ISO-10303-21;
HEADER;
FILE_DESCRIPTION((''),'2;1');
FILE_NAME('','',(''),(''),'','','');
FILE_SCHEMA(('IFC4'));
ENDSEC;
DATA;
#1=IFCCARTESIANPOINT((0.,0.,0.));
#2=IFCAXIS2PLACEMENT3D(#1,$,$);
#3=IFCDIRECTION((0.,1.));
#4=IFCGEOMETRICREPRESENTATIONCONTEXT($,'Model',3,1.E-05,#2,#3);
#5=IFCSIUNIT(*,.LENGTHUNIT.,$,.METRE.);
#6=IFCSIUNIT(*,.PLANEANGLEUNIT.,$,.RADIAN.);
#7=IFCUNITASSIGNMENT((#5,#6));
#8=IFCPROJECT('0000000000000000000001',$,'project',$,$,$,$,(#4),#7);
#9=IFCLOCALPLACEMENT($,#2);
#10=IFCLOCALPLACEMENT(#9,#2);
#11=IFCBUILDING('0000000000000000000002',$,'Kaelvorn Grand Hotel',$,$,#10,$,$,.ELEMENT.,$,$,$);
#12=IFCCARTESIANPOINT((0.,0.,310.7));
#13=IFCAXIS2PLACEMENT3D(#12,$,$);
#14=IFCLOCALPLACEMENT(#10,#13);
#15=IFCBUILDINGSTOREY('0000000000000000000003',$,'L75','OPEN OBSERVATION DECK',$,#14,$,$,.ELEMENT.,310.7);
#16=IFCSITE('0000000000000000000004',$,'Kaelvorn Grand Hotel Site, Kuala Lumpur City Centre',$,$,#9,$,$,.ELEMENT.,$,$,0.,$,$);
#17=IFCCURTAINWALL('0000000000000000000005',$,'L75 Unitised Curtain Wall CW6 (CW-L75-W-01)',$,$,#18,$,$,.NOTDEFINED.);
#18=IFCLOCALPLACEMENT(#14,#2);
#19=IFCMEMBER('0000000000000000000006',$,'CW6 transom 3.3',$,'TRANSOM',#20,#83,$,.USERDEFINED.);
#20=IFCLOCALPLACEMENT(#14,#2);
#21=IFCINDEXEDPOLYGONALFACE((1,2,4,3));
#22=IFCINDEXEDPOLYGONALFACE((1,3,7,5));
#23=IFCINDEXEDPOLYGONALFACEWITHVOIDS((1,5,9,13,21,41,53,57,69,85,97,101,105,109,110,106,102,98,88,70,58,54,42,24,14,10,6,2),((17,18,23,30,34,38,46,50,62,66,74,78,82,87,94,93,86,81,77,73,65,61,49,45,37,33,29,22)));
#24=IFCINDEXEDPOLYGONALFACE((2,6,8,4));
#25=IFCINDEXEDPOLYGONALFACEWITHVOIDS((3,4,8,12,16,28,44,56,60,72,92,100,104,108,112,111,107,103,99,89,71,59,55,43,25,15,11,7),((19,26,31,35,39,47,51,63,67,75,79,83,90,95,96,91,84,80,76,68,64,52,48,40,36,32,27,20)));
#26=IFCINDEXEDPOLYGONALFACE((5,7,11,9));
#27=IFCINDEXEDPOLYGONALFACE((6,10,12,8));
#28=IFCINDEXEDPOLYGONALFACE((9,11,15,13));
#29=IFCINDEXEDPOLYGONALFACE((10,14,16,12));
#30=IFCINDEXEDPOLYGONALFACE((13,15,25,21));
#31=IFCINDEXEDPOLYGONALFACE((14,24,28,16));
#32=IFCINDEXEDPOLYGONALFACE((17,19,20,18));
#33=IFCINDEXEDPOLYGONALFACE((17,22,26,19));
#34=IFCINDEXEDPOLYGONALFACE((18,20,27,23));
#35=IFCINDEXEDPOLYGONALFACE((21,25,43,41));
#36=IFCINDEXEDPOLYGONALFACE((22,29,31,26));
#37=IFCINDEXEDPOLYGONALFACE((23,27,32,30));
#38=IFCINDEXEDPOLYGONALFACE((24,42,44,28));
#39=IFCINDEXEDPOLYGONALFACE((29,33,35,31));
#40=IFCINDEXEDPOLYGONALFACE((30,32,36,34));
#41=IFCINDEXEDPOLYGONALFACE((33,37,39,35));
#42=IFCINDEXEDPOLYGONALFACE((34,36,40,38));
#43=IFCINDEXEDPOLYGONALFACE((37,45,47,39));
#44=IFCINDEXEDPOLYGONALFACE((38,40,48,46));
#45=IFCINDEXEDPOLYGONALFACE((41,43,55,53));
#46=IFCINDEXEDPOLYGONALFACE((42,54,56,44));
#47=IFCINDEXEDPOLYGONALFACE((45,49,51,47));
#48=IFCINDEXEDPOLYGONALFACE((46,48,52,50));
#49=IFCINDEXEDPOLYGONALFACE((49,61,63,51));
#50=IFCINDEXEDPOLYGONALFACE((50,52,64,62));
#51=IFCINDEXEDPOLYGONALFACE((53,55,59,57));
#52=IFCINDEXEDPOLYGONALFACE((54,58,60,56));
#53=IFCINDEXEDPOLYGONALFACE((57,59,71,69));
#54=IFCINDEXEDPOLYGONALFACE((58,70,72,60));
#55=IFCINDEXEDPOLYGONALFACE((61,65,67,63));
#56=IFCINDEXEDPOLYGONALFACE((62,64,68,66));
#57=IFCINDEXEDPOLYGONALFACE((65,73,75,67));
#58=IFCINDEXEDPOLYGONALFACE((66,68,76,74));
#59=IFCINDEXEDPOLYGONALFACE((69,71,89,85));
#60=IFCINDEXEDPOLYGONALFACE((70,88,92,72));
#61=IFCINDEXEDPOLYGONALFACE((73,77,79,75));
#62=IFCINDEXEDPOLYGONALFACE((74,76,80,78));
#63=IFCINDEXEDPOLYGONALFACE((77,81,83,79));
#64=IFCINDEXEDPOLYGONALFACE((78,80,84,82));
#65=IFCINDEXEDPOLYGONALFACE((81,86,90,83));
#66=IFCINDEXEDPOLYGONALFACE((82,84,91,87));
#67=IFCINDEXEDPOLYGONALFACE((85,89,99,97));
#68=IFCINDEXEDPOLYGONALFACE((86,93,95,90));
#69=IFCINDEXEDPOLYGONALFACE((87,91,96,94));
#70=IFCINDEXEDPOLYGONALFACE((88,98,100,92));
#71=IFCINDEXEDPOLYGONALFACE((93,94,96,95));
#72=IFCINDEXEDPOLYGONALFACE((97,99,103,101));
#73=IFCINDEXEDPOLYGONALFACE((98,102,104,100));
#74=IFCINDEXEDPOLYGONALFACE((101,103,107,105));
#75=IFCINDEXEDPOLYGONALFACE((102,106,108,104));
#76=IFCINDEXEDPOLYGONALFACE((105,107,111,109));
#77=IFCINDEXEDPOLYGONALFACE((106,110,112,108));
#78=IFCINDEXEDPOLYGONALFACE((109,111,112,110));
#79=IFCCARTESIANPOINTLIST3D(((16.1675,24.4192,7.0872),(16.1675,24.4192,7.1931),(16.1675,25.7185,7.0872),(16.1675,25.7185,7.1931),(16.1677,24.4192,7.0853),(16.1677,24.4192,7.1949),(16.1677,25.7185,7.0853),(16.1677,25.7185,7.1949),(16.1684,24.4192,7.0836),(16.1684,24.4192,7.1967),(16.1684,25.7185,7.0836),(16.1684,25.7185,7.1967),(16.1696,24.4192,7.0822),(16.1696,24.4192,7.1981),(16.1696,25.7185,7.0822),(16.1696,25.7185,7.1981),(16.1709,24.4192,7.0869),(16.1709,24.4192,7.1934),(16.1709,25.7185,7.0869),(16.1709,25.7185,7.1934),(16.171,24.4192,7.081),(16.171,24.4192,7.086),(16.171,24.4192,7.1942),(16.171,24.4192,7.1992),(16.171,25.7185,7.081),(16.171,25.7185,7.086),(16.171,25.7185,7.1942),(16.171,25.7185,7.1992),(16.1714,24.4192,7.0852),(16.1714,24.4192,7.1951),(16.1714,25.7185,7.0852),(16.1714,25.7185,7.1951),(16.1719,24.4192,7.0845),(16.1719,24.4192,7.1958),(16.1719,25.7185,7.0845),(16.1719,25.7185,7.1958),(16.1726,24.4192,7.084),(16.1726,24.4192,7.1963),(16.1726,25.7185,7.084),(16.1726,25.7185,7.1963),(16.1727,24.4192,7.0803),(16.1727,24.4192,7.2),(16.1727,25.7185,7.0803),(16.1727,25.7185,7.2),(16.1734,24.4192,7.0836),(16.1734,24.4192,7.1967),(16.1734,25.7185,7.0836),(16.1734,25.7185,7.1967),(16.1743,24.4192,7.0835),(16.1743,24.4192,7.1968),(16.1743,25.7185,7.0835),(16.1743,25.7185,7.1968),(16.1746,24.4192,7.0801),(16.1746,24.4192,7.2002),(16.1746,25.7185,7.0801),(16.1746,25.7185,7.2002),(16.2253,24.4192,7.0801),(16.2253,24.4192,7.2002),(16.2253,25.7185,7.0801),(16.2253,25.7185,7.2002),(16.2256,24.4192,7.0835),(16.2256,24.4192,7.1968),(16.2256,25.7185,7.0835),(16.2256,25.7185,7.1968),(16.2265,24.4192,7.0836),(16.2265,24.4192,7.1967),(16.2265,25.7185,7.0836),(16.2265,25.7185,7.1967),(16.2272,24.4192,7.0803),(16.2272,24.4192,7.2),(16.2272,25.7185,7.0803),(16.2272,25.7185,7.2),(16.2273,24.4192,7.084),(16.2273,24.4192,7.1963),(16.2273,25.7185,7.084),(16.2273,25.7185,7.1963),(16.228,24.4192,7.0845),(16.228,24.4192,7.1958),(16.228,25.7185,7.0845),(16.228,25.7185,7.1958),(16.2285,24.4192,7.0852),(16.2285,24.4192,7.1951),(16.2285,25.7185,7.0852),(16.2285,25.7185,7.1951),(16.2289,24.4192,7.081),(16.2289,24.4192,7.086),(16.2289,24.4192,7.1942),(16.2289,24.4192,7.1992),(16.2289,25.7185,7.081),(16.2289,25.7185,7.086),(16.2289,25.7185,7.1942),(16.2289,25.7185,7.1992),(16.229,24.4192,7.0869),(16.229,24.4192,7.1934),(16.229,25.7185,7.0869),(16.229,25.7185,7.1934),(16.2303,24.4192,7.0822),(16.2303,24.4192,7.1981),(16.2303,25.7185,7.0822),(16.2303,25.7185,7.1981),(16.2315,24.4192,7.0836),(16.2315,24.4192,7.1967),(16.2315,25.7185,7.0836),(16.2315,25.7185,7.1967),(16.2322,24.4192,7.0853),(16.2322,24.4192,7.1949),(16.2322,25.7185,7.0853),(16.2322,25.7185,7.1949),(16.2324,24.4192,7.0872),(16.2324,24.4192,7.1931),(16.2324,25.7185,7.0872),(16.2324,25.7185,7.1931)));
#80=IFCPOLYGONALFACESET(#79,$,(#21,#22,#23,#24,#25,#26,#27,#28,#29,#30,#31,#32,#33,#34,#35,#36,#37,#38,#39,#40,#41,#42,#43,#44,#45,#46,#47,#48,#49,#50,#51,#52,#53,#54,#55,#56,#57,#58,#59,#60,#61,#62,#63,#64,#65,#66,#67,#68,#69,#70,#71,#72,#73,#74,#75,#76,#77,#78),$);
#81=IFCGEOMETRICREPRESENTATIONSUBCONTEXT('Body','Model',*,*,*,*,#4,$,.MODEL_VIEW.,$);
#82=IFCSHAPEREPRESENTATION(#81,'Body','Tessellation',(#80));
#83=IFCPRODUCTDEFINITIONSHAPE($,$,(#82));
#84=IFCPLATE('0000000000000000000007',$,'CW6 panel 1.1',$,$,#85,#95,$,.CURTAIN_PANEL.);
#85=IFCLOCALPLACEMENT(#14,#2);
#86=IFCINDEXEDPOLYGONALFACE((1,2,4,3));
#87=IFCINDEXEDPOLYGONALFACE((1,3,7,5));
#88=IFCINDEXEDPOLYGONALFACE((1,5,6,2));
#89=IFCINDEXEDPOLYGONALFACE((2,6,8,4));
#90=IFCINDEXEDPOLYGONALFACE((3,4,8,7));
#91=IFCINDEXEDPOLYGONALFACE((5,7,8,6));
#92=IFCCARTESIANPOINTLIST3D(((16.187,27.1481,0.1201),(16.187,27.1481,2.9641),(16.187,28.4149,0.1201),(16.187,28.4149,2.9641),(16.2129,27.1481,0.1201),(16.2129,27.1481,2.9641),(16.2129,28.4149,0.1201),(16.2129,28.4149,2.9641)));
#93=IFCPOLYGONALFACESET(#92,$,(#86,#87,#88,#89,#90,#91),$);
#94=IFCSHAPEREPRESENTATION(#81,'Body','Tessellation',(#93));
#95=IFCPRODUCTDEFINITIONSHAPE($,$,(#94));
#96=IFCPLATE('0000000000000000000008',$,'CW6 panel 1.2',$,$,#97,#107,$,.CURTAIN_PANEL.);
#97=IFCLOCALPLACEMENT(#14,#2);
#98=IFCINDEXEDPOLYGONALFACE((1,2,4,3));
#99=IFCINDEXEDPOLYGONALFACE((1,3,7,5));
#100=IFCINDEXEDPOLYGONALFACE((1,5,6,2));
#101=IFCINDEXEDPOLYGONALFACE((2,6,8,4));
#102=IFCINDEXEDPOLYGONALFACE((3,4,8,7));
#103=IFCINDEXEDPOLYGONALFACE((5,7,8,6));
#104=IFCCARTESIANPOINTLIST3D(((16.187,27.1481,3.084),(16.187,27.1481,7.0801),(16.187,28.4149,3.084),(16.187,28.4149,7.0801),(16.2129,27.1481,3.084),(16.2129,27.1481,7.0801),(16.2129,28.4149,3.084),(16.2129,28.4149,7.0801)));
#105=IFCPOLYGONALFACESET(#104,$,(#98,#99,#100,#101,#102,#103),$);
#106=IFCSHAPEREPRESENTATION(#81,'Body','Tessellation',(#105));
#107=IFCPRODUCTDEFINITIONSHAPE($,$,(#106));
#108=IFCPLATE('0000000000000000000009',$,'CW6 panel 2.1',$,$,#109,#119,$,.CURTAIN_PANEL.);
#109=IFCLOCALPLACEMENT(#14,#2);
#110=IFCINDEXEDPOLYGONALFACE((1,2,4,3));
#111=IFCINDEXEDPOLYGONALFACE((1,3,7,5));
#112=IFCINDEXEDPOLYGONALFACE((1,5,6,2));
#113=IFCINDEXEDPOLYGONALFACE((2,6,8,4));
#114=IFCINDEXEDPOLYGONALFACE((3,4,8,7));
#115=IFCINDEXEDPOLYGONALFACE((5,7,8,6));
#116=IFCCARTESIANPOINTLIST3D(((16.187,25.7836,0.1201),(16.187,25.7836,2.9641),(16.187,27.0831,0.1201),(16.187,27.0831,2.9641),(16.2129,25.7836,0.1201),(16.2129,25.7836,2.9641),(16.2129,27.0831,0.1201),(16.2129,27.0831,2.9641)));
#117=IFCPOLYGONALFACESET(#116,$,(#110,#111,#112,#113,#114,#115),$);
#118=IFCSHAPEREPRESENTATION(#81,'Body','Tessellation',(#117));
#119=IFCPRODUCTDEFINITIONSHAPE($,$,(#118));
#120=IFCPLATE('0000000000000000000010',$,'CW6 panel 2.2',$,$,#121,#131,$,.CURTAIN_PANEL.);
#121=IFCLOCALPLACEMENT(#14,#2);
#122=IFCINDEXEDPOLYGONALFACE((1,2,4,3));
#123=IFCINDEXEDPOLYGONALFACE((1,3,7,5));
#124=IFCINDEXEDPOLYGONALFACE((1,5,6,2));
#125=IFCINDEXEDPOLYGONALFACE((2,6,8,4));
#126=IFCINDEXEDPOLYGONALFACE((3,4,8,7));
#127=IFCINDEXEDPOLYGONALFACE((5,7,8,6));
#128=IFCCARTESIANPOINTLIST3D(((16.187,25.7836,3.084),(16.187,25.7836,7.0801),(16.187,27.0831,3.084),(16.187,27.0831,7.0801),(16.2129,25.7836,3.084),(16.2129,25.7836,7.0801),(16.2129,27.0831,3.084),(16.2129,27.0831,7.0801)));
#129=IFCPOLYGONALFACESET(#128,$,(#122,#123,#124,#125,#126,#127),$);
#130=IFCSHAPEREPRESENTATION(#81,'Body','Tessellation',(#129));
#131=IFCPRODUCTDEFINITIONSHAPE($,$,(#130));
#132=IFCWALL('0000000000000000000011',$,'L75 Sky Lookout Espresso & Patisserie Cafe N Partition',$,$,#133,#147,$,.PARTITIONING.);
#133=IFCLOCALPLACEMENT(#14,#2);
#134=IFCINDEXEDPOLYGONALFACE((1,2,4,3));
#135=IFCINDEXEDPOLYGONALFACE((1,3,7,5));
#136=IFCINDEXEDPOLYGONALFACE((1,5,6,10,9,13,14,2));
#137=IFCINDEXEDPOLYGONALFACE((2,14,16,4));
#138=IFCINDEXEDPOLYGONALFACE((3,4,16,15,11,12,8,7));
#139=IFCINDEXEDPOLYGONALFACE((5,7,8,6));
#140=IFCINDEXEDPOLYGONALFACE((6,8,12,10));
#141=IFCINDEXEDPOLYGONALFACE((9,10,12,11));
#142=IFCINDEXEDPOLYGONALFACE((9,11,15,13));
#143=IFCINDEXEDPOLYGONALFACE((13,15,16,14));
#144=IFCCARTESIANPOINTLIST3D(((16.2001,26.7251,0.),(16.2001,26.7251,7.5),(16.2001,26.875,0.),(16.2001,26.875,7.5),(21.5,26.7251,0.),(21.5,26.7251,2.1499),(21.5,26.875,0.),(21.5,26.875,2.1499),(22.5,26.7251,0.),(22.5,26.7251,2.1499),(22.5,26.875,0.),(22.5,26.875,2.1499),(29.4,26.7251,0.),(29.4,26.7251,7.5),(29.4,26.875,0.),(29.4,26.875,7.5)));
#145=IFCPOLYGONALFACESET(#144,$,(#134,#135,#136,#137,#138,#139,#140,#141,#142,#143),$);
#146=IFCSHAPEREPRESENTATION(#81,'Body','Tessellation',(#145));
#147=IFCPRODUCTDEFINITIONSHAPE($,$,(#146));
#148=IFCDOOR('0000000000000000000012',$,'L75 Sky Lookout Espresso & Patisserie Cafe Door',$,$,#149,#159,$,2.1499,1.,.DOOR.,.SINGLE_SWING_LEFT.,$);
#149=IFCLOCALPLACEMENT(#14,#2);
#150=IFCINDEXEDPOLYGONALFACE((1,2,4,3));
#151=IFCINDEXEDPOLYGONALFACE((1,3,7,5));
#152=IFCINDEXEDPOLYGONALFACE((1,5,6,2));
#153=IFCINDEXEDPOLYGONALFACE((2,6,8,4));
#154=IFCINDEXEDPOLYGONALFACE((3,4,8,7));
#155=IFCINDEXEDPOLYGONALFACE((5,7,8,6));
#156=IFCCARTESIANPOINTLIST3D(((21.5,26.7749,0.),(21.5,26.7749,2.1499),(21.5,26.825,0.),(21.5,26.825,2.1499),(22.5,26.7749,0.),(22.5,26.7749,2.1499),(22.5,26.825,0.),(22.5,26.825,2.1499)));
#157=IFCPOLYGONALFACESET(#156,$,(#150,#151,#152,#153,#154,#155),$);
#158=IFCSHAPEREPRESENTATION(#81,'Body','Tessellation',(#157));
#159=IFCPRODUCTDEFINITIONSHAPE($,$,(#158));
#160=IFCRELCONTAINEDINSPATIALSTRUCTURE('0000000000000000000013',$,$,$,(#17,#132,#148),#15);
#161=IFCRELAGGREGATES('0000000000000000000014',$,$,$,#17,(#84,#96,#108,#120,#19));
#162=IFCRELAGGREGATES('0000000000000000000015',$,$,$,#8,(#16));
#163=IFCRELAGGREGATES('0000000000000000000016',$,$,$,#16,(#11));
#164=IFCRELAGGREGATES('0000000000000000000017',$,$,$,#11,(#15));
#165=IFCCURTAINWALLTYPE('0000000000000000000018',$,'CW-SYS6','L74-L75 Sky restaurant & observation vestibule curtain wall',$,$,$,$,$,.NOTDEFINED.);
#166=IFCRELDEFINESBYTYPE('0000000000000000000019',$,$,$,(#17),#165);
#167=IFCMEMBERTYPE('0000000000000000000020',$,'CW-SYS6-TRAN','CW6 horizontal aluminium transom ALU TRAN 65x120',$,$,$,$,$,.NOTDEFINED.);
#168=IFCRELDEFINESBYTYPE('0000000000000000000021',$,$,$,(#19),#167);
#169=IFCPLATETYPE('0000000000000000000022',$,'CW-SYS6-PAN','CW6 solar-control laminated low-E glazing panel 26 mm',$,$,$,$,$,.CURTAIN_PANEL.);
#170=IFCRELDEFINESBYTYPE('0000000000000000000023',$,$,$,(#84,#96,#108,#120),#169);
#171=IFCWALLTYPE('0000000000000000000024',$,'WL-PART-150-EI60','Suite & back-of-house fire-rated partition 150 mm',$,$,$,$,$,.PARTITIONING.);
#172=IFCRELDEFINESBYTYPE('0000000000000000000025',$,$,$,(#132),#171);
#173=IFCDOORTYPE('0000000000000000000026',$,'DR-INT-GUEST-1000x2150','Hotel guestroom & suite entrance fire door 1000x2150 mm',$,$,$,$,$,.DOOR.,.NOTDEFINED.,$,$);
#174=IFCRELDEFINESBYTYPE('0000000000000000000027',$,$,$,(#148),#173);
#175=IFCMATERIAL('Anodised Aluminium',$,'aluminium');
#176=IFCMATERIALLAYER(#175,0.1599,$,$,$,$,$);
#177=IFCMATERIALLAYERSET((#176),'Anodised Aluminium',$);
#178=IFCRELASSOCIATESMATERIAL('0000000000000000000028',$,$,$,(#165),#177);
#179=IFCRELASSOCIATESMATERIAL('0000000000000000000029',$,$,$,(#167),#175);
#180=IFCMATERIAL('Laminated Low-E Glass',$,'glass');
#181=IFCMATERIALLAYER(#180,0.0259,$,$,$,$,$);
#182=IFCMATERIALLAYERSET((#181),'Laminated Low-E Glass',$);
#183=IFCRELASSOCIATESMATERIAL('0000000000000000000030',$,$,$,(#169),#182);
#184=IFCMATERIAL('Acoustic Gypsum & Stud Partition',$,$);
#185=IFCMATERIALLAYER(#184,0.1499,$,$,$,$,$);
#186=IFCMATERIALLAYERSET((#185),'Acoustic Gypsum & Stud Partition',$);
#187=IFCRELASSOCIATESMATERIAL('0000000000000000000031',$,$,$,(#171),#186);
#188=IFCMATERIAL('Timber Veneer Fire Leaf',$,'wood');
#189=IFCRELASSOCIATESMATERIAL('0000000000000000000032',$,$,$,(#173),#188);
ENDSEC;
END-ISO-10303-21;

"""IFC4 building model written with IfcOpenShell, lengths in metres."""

from ifc_helpers import new_model, si_unit, direction, frame, frame_2d, origin, origin_2d, place, context, subcontext, project, spatial, rectangle, hollow_rectangle, extrude, material, layer, layer_set, material_profile, profile_set, type_object, element, fill, aggregate, save


model = new_model("IFC4")

# Units and contexts
model_context = context("Model", 3, precision=1e-05, world=origin(), true_north=direction((0.0, 1.0)))
body_context = subcontext(model_context, "Body", "Model", "MODEL_VIEW")
ifc_project = project(units=[si_unit("LENGTHUNIT", "METRE"), si_unit("PLANEANGLEUNIT", "RADIAN")], contexts=[model_context])

# Site, building, storey
site_placement = place(None, origin())
site = spatial("IfcSite", under=ifc_project, at=site_placement, Name="Kaelvorn Grand Hotel Site, Kuala Lumpur City Centre", CompositionType="ELEMENT", RefElevation=0.0)
building_placement = place(site_placement, origin())
building = spatial("IfcBuilding", under=site, at=building_placement, Name="Kaelvorn Grand Hotel", CompositionType="ELEMENT")
storey_placement = place(building_placement, frame((0.0, 0.0, 310.7)))
storey = spatial("IfcBuildingStorey", under=building, at=storey_placement, Name="L75", Description="OPEN OBSERVATION DECK", CompositionType="ELEMENT", Elevation=310.7)

# Curtain wall, member, plates
ifc_material_1 = material(Name="Anodised Aluminium", Category="aluminium")
ifc_layer_1 = layer(ifc_material_1, 0.1599)
ifc_layer_set_1 = layer_set([ifc_layer_1], Name="Anodised Aluminium")
curtain_wall_type = type_object("IfcCurtainWallType", Name="CW-SYS6", Description="L74-L75 Sky restaurant & observation vestibule curtain wall", PredefinedType="NOTDEFINED", material=ifc_layer_set_1)
curtain_wall_placement = place(storey_placement, origin())
curtain_wall = element("IfcCurtainWall", 1, at=curtain_wall_placement, inside=storey, type_object=curtain_wall_type, Name="L75 Unitised Curtain Wall CW6 (CW-L75-W-01)", PredefinedType="NOTDEFINED")
ifc_material_profile_1 = material_profile(ifc_material_1, hollow_rectangle(XDim=0.0649, YDim=0.1201, WallThickness=0.0034, InnerFilletRadius=0.0034, OuterFilletRadius=0.0071, at=origin_2d()), Name="ALU TRAN 65x120")
ifc_profile_set_1 = profile_set([ifc_material_profile_1], Name="Anodised Aluminium")
member_type_1 = type_object("IfcMemberType", Name="CW-SYS6-TRAN", Description="CW6 horizontal aluminium transom ALU TRAN 65x120", PredefinedType="NOTDEFINED", material=ifc_profile_set_1)
member_1_placement = place(storey_placement, frame((16.2, 25.7185, 7.1401), z_axis=(0.0, -1.0, 0.0), x_axis=(1.0, 0.0, 0.0)))
member_1 = element("IfcMember", 2, at=member_1_placement, type_object=member_type_1, Name="CW6 transom 3.3", ObjectType="TRANSOM", PredefinedType="USERDEFINED", context=body_context, shape_type="SweptSolid", body=[
    extrude(hollow_rectangle(XDim=0.0649, YDim=0.1201, WallThickness=0.0034, InnerFilletRadius=0.0034, OuterFilletRadius=0.0071, at=origin_2d()), origin(), (0.0, 0.0, 1.0), 1.2993),
])
ifc_material_2 = material(Name="Laminated Low-E Glass", Category="glass")
ifc_layer_2 = layer(ifc_material_2, 0.0259)
ifc_layer_set_2 = layer_set([ifc_layer_2], Name="Laminated Low-E Glass")
plate_type = type_object("IfcPlateType", Name="CW-SYS6-PAN", Description="CW6 solar-control laminated low-E glazing panel 26 mm", PredefinedType="CURTAIN_PANEL", material=ifc_layer_set_2)
plate_1_placement = place(storey_placement, frame((16.2, 27.7815, 0.1201), z_axis=(0.0, 0.0, 1.0), x_axis=(0.0, -1.0, 0.0)))
plate_1 = element("IfcPlate", 3, at=plate_1_placement, type_object=plate_type, Name="CW6 panel 1.1", PredefinedType="CURTAIN_PANEL", context=body_context, shape_type="SweptSolid", body=[
    extrude(rectangle(XDim=1.2668, YDim=0.0259, at=origin_2d()), origin(), (0.0, 0.0, 1.0), 2.844),
])
plate_2_placement = place(storey_placement, frame((16.2, 27.7815, 3.084), z_axis=(0.0, 0.0, 1.0), x_axis=(0.0, -1.0, 0.0)))
plate_2 = element("IfcPlate", 4, at=plate_2_placement, type_object=plate_type, Name="CW6 panel 1.2", PredefinedType="CURTAIN_PANEL", context=body_context, shape_type="SweptSolid", body=[
    extrude(rectangle(XDim=1.2668, YDim=0.0259, at=origin_2d()), origin(), (0.0, 0.0, 1.0), 3.9961),
])
plate_3_placement = place(storey_placement, frame((16.2, 26.4333, 0.1201), z_axis=(0.0, 0.0, 1.0), x_axis=(0.0, -1.0, 0.0)))
plate_3 = element("IfcPlate", 5, at=plate_3_placement, type_object=plate_type, Name="CW6 panel 2.1", PredefinedType="CURTAIN_PANEL", context=body_context, shape_type="SweptSolid", body=[
    extrude(rectangle(XDim=1.2996, YDim=0.0259, at=origin_2d()), origin(), (0.0, 0.0, 1.0), 2.844),
])
plate_4_placement = place(storey_placement, frame((16.2, 26.4333, 3.084), z_axis=(0.0, 0.0, 1.0), x_axis=(0.0, -1.0, 0.0)))
plate_4 = element("IfcPlate", 6, at=plate_4_placement, type_object=plate_type, Name="CW6 panel 2.2", PredefinedType="CURTAIN_PANEL", context=body_context, shape_type="SweptSolid", body=[
    extrude(rectangle(XDim=1.2996, YDim=0.0259, at=origin_2d()), origin(), (0.0, 0.0, 1.0), 3.9961),
])
aggregate(curtain_wall, [plate_1, plate_2, plate_3, plate_4, member_1])

# Wall, opening, door
ifc_material_3 = material(Name="Acoustic Gypsum & Stud Partition")
ifc_layer_3 = layer(ifc_material_3, 0.1499)
ifc_layer_set_3 = layer_set([ifc_layer_3], Name="Acoustic Gypsum & Stud Partition")
wall_type = type_object("IfcWallType", Name="WL-PART-150-EI60", Description="Suite & back-of-house fire-rated partition 150 mm", PredefinedType="PARTITIONING", material=ifc_layer_set_3)
wall_placement = place(storey_placement, frame((16.2, 26.8, 0.0), z_axis=(0.0, 0.0, 1.0), x_axis=(1.0, 0.0, 0.0)))
wall = element("IfcWall", 7, at=wall_placement, inside=storey, type_object=wall_type, Name="L75 Sky Lookout Espresso & Patisserie Cafe N Partition", PredefinedType="PARTITIONING", context=body_context, shape_type="SweptSolid", body=[
    extrude(rectangle(XDim=13.2, YDim=0.1499, at=frame_2d((6.6001, 0.0))), origin(), (0.0, 0.0, 1.0), 7.5),
])
opening_placement = place(wall_placement, frame((5.3, 0.0, 0.0)))
opening = element("IfcOpeningElement", 8, at=opening_placement, cuts=wall, PredefinedType="OPENING", context=body_context, shape_type="SweptSolid", body=[
    extrude(rectangle(XDim=1.0, YDim=2.1499, at=frame_2d((0.5, 1.075))), frame((0.0, 0.085, 0.0), z_axis=(0.0, -1.0, 0.0), x_axis=(1.0, 0.0, 0.0)), (0.0, 0.0, 1.0), 0.1699),
])
ifc_material_4 = material(Name="Timber Veneer Fire Leaf", Category="wood")
door_type = type_object("IfcDoorType", Name="DR-INT-GUEST-1000x2150", Description="Hotel guestroom & suite entrance fire door 1000x2150 mm", OperationType="NOTDEFINED", PredefinedType="DOOR", material=ifc_material_4)
door_placement = place(opening_placement, origin())
door = element("IfcDoor", 9, at=door_placement, inside=storey, type_object=door_type, Name="L75 Sky Lookout Espresso & Patisserie Cafe Door", OperationType="SINGLE_SWING_LEFT", OverallHeight=2.1499, OverallWidth=1.0, PredefinedType="DOOR", context=body_context, shape_type="SweptSolid", body=[
    extrude(rectangle(XDim=1.0, YDim=2.1499, at=frame_2d((0.5, 1.075))), frame((0.0, 0.0249, 0.0), z_axis=(0.0, -1.0, 0.0), x_axis=(1.0, 0.0, 0.0)), (0.0, 0.0, 1.0), 0.05),
])
fill(opening, door)

save(model, "model.ifc")
